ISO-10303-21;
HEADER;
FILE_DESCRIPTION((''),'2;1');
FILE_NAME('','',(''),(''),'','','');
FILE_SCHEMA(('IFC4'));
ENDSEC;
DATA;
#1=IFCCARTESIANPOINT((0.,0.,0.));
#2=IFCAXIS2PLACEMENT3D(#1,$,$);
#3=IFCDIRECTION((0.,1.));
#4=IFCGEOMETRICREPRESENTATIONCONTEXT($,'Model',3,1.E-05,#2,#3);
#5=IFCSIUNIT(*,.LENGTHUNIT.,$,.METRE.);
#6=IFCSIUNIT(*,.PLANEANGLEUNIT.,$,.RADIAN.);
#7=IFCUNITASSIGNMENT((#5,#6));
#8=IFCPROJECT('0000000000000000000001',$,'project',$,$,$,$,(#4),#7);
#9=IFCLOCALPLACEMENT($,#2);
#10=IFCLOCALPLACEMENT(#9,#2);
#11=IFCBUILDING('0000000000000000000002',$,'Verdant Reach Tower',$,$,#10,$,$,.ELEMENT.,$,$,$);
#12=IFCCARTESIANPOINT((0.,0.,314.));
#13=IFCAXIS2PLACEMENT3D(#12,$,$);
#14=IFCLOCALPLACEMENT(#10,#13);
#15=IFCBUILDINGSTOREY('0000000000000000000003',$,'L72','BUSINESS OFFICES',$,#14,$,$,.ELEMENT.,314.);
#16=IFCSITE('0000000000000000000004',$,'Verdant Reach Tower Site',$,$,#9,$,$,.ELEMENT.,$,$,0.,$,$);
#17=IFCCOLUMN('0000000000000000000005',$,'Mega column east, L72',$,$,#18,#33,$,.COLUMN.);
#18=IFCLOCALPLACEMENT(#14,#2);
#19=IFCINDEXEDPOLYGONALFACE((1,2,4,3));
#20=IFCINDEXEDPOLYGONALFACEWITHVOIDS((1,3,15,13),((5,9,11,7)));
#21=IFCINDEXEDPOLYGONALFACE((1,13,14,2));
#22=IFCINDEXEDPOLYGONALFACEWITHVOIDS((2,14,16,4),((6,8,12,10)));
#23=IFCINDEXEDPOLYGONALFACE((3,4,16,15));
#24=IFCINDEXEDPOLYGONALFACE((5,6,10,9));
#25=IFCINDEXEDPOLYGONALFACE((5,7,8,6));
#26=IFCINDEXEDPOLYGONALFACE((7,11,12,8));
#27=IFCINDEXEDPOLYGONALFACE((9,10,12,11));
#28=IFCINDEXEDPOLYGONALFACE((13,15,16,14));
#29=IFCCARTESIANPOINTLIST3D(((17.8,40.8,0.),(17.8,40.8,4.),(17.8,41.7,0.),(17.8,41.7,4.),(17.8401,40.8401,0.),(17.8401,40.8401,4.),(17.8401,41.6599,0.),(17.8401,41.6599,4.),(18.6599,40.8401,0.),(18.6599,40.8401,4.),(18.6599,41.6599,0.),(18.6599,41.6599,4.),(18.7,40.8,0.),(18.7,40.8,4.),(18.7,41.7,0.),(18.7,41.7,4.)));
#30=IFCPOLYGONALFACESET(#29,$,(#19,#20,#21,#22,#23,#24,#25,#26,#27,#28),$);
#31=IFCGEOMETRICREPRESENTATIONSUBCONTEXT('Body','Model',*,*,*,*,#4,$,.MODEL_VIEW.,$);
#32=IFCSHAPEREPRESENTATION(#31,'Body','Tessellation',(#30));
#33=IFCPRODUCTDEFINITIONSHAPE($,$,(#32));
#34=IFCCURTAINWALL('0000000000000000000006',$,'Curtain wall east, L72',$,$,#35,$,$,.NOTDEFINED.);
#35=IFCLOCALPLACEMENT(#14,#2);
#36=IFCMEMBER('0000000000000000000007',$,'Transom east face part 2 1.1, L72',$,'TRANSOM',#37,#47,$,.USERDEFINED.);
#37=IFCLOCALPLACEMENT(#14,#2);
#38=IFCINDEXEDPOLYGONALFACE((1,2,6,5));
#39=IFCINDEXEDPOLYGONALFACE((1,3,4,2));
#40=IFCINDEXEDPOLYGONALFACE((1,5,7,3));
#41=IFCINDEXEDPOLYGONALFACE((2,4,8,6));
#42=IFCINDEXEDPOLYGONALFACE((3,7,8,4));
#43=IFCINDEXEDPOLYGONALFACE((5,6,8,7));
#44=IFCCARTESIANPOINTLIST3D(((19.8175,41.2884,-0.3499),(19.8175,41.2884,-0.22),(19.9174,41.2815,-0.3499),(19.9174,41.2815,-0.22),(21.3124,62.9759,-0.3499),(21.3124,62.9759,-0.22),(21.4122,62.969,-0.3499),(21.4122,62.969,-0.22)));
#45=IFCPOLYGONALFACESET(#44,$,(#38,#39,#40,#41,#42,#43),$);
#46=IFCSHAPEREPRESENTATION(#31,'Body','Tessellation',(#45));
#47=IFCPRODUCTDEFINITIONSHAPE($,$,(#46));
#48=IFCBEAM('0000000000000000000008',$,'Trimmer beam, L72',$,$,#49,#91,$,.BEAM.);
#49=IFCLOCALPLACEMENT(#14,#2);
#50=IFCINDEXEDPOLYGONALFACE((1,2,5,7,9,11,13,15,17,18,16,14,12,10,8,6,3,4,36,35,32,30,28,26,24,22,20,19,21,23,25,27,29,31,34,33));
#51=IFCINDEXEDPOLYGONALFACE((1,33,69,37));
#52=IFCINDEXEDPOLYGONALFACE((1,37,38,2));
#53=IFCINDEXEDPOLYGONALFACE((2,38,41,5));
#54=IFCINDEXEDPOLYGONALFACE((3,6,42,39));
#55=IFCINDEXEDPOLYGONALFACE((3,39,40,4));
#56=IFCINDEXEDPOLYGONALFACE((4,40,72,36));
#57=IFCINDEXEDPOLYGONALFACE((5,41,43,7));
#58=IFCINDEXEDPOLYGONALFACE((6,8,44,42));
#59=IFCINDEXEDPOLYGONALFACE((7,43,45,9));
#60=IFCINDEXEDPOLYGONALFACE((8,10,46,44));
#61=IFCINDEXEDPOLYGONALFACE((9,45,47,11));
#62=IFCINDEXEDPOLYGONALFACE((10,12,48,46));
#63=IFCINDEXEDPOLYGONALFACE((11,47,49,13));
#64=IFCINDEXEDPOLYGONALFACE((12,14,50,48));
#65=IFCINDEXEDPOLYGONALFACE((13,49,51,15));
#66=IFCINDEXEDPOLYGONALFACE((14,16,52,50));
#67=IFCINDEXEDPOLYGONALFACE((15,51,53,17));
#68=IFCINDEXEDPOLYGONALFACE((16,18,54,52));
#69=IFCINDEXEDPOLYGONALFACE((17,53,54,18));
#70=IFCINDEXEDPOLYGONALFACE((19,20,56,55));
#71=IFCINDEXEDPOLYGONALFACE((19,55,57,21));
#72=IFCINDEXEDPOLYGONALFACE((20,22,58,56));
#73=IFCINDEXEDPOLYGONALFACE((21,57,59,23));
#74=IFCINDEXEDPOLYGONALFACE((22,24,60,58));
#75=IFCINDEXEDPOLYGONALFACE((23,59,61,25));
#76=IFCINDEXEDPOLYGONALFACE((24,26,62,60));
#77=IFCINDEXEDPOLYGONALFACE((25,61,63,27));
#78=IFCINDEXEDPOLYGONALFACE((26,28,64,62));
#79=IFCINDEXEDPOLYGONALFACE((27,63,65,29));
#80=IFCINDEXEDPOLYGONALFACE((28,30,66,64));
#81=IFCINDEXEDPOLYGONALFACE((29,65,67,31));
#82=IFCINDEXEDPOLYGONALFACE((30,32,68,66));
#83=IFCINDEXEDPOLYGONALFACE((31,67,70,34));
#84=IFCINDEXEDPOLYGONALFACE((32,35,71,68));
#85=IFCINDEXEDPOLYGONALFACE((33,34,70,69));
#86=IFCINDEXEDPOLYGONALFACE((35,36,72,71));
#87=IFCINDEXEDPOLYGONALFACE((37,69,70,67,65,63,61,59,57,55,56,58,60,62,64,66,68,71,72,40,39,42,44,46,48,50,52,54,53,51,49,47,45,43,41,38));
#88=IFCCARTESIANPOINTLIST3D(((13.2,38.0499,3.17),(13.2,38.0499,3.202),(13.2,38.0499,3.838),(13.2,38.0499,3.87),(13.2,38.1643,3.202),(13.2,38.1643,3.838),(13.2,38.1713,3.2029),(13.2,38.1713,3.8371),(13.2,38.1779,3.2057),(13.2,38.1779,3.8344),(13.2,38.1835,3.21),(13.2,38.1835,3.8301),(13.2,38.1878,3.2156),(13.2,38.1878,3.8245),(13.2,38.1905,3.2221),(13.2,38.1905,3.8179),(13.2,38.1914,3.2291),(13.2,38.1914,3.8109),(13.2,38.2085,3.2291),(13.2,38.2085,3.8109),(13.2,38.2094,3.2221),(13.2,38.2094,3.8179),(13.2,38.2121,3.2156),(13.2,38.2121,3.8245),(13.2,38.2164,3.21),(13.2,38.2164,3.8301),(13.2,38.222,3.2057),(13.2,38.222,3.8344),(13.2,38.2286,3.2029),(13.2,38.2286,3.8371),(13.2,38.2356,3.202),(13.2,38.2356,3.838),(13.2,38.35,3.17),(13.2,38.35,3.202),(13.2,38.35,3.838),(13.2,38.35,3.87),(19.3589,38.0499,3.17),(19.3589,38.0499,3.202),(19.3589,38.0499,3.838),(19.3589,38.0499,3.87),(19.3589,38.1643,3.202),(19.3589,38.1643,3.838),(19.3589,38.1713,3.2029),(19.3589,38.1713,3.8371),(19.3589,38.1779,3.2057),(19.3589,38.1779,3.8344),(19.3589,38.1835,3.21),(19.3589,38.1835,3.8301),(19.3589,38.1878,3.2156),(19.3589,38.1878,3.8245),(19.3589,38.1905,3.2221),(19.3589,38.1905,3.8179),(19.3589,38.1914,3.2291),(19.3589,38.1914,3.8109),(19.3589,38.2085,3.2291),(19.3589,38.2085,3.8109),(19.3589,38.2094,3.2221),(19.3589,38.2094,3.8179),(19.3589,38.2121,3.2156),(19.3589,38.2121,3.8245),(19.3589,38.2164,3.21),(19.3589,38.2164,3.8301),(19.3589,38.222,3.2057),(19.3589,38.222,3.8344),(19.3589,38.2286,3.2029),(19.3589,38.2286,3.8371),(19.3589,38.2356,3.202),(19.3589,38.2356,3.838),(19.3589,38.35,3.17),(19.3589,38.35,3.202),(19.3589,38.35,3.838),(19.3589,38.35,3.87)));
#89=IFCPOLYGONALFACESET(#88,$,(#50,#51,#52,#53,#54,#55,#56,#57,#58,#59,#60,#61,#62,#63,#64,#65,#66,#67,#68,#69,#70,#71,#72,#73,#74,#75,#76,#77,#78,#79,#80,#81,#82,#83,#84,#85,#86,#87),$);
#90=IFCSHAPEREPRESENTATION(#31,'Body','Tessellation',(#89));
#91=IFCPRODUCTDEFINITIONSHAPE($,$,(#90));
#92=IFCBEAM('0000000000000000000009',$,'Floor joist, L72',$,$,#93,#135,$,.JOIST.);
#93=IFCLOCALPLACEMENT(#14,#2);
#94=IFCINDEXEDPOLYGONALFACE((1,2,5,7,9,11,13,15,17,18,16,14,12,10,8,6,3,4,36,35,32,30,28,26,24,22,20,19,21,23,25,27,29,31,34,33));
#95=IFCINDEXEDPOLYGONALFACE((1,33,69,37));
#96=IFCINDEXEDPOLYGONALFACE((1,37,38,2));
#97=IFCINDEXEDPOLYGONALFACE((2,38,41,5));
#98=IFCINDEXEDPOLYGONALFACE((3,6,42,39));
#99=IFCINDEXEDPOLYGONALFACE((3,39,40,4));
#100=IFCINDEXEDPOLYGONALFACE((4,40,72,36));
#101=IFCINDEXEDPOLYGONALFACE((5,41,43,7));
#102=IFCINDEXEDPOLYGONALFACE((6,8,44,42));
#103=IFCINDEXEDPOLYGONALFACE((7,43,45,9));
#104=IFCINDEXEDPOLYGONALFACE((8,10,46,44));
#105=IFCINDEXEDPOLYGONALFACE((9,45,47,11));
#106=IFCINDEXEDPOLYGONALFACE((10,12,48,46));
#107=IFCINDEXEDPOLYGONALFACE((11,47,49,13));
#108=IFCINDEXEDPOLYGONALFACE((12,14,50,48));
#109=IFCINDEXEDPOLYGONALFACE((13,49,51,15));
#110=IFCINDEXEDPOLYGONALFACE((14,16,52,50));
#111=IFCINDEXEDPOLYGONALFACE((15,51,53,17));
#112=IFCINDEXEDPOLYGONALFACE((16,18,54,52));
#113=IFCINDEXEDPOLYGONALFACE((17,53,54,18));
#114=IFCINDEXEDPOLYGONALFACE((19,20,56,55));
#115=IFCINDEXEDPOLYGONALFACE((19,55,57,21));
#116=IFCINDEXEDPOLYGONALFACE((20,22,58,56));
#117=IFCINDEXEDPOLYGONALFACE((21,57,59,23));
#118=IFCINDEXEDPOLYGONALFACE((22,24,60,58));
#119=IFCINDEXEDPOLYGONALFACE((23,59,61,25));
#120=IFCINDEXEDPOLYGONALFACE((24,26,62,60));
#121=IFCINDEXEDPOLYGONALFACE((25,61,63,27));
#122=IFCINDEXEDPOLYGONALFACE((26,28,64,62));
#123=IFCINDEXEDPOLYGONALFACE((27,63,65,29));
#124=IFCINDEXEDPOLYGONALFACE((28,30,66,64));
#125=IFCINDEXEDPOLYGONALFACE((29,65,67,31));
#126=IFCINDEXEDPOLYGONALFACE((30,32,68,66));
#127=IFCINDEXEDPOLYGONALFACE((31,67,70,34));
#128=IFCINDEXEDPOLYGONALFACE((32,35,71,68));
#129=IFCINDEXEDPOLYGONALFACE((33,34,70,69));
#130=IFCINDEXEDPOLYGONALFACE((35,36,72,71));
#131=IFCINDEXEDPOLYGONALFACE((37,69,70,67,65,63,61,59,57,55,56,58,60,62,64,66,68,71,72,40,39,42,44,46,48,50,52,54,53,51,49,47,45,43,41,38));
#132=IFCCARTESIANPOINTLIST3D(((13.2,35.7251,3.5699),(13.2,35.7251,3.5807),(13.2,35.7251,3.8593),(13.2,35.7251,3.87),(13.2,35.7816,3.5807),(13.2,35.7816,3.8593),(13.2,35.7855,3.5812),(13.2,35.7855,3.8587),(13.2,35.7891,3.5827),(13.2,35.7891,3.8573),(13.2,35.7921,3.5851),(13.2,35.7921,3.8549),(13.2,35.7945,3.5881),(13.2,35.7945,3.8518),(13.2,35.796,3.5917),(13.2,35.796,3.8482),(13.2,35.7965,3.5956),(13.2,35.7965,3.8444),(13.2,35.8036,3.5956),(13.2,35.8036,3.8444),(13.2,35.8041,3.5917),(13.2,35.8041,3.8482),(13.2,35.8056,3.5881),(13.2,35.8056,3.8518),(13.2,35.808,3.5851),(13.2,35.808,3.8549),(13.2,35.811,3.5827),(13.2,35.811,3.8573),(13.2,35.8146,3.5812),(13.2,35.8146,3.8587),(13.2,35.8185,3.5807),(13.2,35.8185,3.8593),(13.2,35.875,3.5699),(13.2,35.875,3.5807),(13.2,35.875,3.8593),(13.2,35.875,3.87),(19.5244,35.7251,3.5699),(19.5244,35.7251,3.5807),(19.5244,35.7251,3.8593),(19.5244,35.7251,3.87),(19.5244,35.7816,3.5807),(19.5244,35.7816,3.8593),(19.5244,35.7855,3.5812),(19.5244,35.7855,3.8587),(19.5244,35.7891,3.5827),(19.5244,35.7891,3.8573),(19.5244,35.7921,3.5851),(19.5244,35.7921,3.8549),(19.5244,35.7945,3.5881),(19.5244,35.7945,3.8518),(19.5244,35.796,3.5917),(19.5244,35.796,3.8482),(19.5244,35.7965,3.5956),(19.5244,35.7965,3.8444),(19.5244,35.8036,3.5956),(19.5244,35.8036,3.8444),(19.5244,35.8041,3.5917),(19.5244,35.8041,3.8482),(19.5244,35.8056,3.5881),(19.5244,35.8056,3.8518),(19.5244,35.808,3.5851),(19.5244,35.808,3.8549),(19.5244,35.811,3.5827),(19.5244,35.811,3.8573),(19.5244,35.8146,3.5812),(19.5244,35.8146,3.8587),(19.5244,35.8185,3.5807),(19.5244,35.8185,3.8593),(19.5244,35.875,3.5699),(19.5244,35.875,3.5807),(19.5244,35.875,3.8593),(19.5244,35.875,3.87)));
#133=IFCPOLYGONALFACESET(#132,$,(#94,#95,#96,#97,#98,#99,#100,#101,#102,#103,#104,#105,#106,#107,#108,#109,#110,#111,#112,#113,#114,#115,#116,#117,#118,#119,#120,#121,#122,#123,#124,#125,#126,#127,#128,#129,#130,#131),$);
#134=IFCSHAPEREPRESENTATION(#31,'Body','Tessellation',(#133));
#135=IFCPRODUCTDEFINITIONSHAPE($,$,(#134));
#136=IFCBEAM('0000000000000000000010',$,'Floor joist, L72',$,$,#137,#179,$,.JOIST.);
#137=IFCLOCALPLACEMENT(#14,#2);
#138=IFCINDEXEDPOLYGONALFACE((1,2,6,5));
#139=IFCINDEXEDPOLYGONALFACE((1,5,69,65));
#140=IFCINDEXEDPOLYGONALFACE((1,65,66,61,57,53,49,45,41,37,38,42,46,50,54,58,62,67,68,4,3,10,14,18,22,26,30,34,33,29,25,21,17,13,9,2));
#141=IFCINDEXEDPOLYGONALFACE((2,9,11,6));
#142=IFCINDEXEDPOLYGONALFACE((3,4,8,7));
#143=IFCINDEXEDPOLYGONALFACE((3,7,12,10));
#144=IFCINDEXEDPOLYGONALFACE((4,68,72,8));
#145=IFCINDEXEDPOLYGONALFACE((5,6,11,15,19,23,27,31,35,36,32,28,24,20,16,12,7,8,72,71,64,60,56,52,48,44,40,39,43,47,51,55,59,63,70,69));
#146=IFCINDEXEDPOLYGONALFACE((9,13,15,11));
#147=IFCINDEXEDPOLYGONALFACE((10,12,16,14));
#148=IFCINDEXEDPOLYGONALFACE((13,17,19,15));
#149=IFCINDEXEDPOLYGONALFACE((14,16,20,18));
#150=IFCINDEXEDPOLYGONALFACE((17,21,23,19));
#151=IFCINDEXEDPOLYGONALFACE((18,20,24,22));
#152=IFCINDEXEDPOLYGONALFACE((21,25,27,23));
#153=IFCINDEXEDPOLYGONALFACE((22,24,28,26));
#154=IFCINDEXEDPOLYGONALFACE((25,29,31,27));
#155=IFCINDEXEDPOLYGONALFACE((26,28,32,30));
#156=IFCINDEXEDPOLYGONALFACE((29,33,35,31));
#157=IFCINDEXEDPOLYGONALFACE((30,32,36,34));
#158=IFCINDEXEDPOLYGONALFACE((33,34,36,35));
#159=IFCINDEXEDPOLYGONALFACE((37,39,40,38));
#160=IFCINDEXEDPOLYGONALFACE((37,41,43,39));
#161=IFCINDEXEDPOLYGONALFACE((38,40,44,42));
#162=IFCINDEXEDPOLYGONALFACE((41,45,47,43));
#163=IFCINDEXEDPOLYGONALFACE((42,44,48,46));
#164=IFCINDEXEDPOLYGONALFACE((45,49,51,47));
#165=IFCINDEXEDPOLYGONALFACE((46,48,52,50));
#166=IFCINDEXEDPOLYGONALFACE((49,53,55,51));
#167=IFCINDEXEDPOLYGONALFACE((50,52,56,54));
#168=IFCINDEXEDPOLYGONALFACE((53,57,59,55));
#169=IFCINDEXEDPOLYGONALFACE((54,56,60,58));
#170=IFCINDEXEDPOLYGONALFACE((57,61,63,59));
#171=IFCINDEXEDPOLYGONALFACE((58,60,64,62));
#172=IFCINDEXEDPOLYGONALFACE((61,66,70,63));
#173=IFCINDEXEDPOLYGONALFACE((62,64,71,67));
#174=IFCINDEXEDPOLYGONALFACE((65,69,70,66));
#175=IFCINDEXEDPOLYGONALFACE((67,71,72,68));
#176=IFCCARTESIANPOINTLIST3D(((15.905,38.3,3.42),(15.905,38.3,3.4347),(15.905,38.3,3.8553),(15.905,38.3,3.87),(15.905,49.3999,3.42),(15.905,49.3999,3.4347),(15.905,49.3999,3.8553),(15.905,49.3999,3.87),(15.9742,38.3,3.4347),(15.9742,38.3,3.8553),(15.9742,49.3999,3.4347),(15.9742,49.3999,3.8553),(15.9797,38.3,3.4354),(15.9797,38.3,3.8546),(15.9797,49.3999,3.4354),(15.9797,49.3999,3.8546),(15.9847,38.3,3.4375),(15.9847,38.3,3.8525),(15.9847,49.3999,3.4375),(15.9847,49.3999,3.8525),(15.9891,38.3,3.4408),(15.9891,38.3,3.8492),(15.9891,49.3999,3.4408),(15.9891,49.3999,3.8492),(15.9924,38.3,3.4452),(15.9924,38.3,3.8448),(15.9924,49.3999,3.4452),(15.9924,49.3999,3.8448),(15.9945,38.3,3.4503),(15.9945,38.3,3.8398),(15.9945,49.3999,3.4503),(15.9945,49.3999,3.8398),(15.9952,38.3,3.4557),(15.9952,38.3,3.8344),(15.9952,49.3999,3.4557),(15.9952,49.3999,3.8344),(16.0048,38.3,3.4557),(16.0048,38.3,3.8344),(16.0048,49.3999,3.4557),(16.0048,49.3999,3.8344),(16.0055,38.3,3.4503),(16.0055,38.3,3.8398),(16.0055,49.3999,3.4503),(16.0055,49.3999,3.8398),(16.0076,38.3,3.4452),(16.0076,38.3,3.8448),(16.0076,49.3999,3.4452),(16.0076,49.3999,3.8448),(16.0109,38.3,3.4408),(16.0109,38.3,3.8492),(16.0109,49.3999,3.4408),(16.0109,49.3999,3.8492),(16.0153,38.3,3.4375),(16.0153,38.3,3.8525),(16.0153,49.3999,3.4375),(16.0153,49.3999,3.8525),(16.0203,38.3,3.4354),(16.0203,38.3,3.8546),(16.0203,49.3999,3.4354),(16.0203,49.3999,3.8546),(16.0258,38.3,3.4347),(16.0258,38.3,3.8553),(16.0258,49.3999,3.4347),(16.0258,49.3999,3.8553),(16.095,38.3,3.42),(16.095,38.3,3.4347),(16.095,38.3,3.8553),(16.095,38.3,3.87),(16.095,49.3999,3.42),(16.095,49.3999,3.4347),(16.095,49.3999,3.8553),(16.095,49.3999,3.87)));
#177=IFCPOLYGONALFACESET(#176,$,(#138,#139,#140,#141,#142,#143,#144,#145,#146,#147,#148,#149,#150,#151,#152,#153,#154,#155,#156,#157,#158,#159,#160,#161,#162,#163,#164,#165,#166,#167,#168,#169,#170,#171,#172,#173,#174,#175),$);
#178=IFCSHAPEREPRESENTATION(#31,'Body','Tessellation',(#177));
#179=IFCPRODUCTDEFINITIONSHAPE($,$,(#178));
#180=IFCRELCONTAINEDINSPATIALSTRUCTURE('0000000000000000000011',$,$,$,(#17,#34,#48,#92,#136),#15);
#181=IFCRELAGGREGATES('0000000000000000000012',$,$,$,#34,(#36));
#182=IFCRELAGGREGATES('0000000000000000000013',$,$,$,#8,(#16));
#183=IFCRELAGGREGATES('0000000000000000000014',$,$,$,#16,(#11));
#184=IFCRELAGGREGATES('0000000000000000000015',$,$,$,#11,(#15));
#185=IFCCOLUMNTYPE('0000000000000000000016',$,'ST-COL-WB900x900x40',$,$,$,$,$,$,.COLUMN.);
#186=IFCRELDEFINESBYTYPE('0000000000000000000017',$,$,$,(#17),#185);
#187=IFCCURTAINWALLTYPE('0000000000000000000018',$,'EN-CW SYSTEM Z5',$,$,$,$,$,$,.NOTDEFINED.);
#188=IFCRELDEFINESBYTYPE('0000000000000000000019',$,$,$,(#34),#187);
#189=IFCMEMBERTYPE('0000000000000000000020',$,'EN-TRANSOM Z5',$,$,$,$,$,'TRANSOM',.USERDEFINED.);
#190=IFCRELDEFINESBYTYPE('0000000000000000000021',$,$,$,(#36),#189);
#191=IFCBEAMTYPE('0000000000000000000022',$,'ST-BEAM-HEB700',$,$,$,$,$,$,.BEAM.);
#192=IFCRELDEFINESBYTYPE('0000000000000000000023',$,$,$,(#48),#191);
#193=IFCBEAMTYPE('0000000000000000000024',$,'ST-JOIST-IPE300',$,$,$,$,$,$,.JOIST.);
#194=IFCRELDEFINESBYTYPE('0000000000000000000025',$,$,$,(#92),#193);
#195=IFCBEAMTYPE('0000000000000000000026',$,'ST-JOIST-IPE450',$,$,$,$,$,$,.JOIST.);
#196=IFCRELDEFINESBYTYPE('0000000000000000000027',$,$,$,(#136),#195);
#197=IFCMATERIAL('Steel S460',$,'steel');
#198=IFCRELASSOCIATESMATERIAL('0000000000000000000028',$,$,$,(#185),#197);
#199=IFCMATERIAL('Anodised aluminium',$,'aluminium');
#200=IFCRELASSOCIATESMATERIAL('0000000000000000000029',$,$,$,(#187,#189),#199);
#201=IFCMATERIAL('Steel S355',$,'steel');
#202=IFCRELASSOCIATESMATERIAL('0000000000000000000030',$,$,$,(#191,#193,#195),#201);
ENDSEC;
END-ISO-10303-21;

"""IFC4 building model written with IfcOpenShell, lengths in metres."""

from ifc_helpers import new_model, si_unit, direction, frame, origin, origin_2d, place, context, subcontext, project, spatial, rectangle, hollow_rectangle, i_section, extrude, material, material_profile, profile_set, type_object, element, aggregate, save


model = new_model("IFC4")

# Units and contexts
model_context = context("Model", 3, precision=1e-05, world=origin(), true_north=direction((0.0, 1.0)))
body_context = subcontext(model_context, "Body", "Model", "MODEL_VIEW")
ifc_project = project(units=[si_unit("LENGTHUNIT", "METRE"), si_unit("PLANEANGLEUNIT", "RADIAN")], contexts=[model_context])

# Site, building, storey
site_placement = place(None, origin())
site = spatial("IfcSite", under=ifc_project, at=site_placement, Name="Verdant Reach Tower Site", CompositionType="ELEMENT", RefElevation=0.0)
building_placement = place(site_placement, origin())
building = spatial("IfcBuilding", under=site, at=building_placement, Name="Verdant Reach Tower", CompositionType="ELEMENT")
storey_placement = place(building_placement, frame((0.0, 0.0, 314.0)))
storey = spatial("IfcBuildingStorey", under=building, at=storey_placement, Name="L72", Description="BUSINESS OFFICES", CompositionType="ELEMENT", Elevation=314.0)

# Column
ifc_material_1 = material(Name="Steel S460", Category="steel")
ifc_material_profile_1 = material_profile(ifc_material_1, hollow_rectangle(XDim=0.8999, YDim=0.8999, WallThickness=0.04, at=origin_2d()), Name="WB 900x900x40")
ifc_profile_set_1 = profile_set([ifc_material_profile_1], Name="Steel S460")
column_type = type_object("IfcColumnType", Name="ST-COL-WB900x900x40", PredefinedType="COLUMN", material=ifc_profile_set_1)
column_placement = place(storey_placement, frame((18.25, 41.25, 0.0), z_axis=(0.0, 0.0, 1.0), x_axis=(1.0, 0.0, 0.0)))
element("IfcColumn", 1, at=column_placement, inside=storey, type_object=column_type, Name="Mega column east, L72", PredefinedType="COLUMN", context=body_context, shape_type="SweptSolid", body=[
    extrude(hollow_rectangle(XDim=0.8999, YDim=0.8999, WallThickness=0.04, at=origin_2d()), origin(), (0.0, 0.0, 1.0), 4.0),
])

# Curtain wall, member
ifc_material_2 = material(Name="Anodised aluminium", Category="aluminium")
curtain_wall_type = type_object("IfcCurtainWallType", Name="EN-CW SYSTEM Z5", PredefinedType="NOTDEFINED", material=ifc_material_2)
curtain_wall_placement = place(storey_placement, origin())
curtain_wall = element("IfcCurtainWall", 2, at=curtain_wall_placement, inside=storey, type_object=curtain_wall_type, Name="Curtain wall east, L72", PredefinedType="NOTDEFINED")
ifc_material_profile_2 = material_profile(ifc_material_2, rectangle(XDim=0.1001, YDim=0.1299, at=origin_2d()), Name="Transom 130x100")
ifc_profile_set_2 = profile_set([ifc_material_profile_2], Name="Anodised aluminium")
member_type = type_object("IfcMemberType", Name="EN-TRANSOM Z5", ElementType="TRANSOM", PredefinedType="USERDEFINED", material=ifc_profile_set_2)
member_placement = place(storey_placement, frame((19.8674, 41.2849, -0.2849), z_axis=(0.068765, 0.997633, 0.0), x_axis=(-0.997633, 0.068765, 0.0)))
member = element("IfcMember", 3, at=member_placement, type_object=member_type, Name="Transom east face part 2 1.1, L72", ObjectType="TRANSOM", PredefinedType="USERDEFINED", context=body_context, shape_type="SweptSolid", body=[
    extrude(rectangle(XDim=0.1001, YDim=0.1299, at=origin_2d()), origin(), (0.0, 0.0, 1.0), 21.739),
])

# Beams
ifc_material_3 = material(Name="Steel S355", Category="steel")
ifc_material_profile_3 = material_profile(ifc_material_3, i_section(OverallWidth=0.3, OverallDepth=0.7, WebThickness=0.0171, FlangeThickness=0.032, FilletRadius=0.0271, at=origin_2d()), Name="HEB 700")
ifc_profile_set_3 = profile_set([ifc_material_profile_3], Name="Steel S355")
beam_type_1 = type_object("IfcBeamType", Name="ST-BEAM-HEB700", PredefinedType="BEAM", material=ifc_profile_set_3)
beam_1_placement = place(storey_placement, frame((13.2, 38.2, 3.52), z_axis=(1.0, 0.0, 0.0), x_axis=(0.0, 1.0, 0.0)))
element("IfcBeam", 4, at=beam_1_placement, inside=storey, type_object=beam_type_1, Name="Trimmer beam, L72", PredefinedType="BEAM", context=body_context, shape_type="SweptSolid", body=[
    extrude(i_section(OverallWidth=0.3, OverallDepth=0.7, WebThickness=0.0171, FlangeThickness=0.032, FilletRadius=0.0271, at=origin_2d()), origin(), (0.0, 0.0, 1.0), 6.1589),
])
ifc_material_profile_4 = material_profile(ifc_material_3, i_section(OverallWidth=0.1499, OverallDepth=0.3, WebThickness=0.0071, FlangeThickness=0.0107, FilletRadius=0.0149, at=origin_2d()), Name="IPE 300")
ifc_profile_set_4 = profile_set([ifc_material_profile_4], Name="Steel S355")
beam_type_2 = type_object("IfcBeamType", Name="ST-JOIST-IPE300", PredefinedType="JOIST", material=ifc_profile_set_4)
beam_2_placement = place(storey_placement, frame((13.2, 35.8, 3.72), z_axis=(1.0, 0.0, 0.0), x_axis=(0.0, 1.0, 0.0)))
element("IfcBeam", 5, at=beam_2_placement, inside=storey, type_object=beam_type_2, Name="Floor joist, L72", PredefinedType="JOIST", context=body_context, shape_type="SweptSolid", body=[
    extrude(i_section(OverallWidth=0.1499, OverallDepth=0.3, WebThickness=0.0071, FlangeThickness=0.0107, FilletRadius=0.0149, at=origin_2d()), origin(), (0.0, 0.0, 1.0), 6.3245),
])
ifc_material_profile_5 = material_profile(ifc_material_3, i_section(OverallWidth=0.1899, OverallDepth=0.45, WebThickness=0.0095, FlangeThickness=0.0146, FilletRadius=0.021, at=origin_2d()), Name="IPE 450")
ifc_profile_set_5 = profile_set([ifc_material_profile_5], Name="Steel S355")
beam_type_3 = type_object("IfcBeamType", Name="ST-JOIST-IPE450", PredefinedType="JOIST", material=ifc_profile_set_5)
beam_3_placement = place(storey_placement, frame((16.0, 38.3, 3.645), z_axis=(0.0, 1.0, 0.0), x_axis=(-1.0, 0.0, 0.0)))
element("IfcBeam", 6, at=beam_3_placement, inside=storey, type_object=beam_type_3, Name="Floor joist, L72", PredefinedType="JOIST", context=body_context, shape_type="SweptSolid", body=[
    extrude(i_section(OverallWidth=0.1899, OverallDepth=0.45, WebThickness=0.0095, FlangeThickness=0.0146, FilletRadius=0.021, at=origin_2d()), origin(), (0.0, 0.0, 1.0), 11.0999),
])

aggregate(curtain_wall, [member])

save(model, "model.ifc")
